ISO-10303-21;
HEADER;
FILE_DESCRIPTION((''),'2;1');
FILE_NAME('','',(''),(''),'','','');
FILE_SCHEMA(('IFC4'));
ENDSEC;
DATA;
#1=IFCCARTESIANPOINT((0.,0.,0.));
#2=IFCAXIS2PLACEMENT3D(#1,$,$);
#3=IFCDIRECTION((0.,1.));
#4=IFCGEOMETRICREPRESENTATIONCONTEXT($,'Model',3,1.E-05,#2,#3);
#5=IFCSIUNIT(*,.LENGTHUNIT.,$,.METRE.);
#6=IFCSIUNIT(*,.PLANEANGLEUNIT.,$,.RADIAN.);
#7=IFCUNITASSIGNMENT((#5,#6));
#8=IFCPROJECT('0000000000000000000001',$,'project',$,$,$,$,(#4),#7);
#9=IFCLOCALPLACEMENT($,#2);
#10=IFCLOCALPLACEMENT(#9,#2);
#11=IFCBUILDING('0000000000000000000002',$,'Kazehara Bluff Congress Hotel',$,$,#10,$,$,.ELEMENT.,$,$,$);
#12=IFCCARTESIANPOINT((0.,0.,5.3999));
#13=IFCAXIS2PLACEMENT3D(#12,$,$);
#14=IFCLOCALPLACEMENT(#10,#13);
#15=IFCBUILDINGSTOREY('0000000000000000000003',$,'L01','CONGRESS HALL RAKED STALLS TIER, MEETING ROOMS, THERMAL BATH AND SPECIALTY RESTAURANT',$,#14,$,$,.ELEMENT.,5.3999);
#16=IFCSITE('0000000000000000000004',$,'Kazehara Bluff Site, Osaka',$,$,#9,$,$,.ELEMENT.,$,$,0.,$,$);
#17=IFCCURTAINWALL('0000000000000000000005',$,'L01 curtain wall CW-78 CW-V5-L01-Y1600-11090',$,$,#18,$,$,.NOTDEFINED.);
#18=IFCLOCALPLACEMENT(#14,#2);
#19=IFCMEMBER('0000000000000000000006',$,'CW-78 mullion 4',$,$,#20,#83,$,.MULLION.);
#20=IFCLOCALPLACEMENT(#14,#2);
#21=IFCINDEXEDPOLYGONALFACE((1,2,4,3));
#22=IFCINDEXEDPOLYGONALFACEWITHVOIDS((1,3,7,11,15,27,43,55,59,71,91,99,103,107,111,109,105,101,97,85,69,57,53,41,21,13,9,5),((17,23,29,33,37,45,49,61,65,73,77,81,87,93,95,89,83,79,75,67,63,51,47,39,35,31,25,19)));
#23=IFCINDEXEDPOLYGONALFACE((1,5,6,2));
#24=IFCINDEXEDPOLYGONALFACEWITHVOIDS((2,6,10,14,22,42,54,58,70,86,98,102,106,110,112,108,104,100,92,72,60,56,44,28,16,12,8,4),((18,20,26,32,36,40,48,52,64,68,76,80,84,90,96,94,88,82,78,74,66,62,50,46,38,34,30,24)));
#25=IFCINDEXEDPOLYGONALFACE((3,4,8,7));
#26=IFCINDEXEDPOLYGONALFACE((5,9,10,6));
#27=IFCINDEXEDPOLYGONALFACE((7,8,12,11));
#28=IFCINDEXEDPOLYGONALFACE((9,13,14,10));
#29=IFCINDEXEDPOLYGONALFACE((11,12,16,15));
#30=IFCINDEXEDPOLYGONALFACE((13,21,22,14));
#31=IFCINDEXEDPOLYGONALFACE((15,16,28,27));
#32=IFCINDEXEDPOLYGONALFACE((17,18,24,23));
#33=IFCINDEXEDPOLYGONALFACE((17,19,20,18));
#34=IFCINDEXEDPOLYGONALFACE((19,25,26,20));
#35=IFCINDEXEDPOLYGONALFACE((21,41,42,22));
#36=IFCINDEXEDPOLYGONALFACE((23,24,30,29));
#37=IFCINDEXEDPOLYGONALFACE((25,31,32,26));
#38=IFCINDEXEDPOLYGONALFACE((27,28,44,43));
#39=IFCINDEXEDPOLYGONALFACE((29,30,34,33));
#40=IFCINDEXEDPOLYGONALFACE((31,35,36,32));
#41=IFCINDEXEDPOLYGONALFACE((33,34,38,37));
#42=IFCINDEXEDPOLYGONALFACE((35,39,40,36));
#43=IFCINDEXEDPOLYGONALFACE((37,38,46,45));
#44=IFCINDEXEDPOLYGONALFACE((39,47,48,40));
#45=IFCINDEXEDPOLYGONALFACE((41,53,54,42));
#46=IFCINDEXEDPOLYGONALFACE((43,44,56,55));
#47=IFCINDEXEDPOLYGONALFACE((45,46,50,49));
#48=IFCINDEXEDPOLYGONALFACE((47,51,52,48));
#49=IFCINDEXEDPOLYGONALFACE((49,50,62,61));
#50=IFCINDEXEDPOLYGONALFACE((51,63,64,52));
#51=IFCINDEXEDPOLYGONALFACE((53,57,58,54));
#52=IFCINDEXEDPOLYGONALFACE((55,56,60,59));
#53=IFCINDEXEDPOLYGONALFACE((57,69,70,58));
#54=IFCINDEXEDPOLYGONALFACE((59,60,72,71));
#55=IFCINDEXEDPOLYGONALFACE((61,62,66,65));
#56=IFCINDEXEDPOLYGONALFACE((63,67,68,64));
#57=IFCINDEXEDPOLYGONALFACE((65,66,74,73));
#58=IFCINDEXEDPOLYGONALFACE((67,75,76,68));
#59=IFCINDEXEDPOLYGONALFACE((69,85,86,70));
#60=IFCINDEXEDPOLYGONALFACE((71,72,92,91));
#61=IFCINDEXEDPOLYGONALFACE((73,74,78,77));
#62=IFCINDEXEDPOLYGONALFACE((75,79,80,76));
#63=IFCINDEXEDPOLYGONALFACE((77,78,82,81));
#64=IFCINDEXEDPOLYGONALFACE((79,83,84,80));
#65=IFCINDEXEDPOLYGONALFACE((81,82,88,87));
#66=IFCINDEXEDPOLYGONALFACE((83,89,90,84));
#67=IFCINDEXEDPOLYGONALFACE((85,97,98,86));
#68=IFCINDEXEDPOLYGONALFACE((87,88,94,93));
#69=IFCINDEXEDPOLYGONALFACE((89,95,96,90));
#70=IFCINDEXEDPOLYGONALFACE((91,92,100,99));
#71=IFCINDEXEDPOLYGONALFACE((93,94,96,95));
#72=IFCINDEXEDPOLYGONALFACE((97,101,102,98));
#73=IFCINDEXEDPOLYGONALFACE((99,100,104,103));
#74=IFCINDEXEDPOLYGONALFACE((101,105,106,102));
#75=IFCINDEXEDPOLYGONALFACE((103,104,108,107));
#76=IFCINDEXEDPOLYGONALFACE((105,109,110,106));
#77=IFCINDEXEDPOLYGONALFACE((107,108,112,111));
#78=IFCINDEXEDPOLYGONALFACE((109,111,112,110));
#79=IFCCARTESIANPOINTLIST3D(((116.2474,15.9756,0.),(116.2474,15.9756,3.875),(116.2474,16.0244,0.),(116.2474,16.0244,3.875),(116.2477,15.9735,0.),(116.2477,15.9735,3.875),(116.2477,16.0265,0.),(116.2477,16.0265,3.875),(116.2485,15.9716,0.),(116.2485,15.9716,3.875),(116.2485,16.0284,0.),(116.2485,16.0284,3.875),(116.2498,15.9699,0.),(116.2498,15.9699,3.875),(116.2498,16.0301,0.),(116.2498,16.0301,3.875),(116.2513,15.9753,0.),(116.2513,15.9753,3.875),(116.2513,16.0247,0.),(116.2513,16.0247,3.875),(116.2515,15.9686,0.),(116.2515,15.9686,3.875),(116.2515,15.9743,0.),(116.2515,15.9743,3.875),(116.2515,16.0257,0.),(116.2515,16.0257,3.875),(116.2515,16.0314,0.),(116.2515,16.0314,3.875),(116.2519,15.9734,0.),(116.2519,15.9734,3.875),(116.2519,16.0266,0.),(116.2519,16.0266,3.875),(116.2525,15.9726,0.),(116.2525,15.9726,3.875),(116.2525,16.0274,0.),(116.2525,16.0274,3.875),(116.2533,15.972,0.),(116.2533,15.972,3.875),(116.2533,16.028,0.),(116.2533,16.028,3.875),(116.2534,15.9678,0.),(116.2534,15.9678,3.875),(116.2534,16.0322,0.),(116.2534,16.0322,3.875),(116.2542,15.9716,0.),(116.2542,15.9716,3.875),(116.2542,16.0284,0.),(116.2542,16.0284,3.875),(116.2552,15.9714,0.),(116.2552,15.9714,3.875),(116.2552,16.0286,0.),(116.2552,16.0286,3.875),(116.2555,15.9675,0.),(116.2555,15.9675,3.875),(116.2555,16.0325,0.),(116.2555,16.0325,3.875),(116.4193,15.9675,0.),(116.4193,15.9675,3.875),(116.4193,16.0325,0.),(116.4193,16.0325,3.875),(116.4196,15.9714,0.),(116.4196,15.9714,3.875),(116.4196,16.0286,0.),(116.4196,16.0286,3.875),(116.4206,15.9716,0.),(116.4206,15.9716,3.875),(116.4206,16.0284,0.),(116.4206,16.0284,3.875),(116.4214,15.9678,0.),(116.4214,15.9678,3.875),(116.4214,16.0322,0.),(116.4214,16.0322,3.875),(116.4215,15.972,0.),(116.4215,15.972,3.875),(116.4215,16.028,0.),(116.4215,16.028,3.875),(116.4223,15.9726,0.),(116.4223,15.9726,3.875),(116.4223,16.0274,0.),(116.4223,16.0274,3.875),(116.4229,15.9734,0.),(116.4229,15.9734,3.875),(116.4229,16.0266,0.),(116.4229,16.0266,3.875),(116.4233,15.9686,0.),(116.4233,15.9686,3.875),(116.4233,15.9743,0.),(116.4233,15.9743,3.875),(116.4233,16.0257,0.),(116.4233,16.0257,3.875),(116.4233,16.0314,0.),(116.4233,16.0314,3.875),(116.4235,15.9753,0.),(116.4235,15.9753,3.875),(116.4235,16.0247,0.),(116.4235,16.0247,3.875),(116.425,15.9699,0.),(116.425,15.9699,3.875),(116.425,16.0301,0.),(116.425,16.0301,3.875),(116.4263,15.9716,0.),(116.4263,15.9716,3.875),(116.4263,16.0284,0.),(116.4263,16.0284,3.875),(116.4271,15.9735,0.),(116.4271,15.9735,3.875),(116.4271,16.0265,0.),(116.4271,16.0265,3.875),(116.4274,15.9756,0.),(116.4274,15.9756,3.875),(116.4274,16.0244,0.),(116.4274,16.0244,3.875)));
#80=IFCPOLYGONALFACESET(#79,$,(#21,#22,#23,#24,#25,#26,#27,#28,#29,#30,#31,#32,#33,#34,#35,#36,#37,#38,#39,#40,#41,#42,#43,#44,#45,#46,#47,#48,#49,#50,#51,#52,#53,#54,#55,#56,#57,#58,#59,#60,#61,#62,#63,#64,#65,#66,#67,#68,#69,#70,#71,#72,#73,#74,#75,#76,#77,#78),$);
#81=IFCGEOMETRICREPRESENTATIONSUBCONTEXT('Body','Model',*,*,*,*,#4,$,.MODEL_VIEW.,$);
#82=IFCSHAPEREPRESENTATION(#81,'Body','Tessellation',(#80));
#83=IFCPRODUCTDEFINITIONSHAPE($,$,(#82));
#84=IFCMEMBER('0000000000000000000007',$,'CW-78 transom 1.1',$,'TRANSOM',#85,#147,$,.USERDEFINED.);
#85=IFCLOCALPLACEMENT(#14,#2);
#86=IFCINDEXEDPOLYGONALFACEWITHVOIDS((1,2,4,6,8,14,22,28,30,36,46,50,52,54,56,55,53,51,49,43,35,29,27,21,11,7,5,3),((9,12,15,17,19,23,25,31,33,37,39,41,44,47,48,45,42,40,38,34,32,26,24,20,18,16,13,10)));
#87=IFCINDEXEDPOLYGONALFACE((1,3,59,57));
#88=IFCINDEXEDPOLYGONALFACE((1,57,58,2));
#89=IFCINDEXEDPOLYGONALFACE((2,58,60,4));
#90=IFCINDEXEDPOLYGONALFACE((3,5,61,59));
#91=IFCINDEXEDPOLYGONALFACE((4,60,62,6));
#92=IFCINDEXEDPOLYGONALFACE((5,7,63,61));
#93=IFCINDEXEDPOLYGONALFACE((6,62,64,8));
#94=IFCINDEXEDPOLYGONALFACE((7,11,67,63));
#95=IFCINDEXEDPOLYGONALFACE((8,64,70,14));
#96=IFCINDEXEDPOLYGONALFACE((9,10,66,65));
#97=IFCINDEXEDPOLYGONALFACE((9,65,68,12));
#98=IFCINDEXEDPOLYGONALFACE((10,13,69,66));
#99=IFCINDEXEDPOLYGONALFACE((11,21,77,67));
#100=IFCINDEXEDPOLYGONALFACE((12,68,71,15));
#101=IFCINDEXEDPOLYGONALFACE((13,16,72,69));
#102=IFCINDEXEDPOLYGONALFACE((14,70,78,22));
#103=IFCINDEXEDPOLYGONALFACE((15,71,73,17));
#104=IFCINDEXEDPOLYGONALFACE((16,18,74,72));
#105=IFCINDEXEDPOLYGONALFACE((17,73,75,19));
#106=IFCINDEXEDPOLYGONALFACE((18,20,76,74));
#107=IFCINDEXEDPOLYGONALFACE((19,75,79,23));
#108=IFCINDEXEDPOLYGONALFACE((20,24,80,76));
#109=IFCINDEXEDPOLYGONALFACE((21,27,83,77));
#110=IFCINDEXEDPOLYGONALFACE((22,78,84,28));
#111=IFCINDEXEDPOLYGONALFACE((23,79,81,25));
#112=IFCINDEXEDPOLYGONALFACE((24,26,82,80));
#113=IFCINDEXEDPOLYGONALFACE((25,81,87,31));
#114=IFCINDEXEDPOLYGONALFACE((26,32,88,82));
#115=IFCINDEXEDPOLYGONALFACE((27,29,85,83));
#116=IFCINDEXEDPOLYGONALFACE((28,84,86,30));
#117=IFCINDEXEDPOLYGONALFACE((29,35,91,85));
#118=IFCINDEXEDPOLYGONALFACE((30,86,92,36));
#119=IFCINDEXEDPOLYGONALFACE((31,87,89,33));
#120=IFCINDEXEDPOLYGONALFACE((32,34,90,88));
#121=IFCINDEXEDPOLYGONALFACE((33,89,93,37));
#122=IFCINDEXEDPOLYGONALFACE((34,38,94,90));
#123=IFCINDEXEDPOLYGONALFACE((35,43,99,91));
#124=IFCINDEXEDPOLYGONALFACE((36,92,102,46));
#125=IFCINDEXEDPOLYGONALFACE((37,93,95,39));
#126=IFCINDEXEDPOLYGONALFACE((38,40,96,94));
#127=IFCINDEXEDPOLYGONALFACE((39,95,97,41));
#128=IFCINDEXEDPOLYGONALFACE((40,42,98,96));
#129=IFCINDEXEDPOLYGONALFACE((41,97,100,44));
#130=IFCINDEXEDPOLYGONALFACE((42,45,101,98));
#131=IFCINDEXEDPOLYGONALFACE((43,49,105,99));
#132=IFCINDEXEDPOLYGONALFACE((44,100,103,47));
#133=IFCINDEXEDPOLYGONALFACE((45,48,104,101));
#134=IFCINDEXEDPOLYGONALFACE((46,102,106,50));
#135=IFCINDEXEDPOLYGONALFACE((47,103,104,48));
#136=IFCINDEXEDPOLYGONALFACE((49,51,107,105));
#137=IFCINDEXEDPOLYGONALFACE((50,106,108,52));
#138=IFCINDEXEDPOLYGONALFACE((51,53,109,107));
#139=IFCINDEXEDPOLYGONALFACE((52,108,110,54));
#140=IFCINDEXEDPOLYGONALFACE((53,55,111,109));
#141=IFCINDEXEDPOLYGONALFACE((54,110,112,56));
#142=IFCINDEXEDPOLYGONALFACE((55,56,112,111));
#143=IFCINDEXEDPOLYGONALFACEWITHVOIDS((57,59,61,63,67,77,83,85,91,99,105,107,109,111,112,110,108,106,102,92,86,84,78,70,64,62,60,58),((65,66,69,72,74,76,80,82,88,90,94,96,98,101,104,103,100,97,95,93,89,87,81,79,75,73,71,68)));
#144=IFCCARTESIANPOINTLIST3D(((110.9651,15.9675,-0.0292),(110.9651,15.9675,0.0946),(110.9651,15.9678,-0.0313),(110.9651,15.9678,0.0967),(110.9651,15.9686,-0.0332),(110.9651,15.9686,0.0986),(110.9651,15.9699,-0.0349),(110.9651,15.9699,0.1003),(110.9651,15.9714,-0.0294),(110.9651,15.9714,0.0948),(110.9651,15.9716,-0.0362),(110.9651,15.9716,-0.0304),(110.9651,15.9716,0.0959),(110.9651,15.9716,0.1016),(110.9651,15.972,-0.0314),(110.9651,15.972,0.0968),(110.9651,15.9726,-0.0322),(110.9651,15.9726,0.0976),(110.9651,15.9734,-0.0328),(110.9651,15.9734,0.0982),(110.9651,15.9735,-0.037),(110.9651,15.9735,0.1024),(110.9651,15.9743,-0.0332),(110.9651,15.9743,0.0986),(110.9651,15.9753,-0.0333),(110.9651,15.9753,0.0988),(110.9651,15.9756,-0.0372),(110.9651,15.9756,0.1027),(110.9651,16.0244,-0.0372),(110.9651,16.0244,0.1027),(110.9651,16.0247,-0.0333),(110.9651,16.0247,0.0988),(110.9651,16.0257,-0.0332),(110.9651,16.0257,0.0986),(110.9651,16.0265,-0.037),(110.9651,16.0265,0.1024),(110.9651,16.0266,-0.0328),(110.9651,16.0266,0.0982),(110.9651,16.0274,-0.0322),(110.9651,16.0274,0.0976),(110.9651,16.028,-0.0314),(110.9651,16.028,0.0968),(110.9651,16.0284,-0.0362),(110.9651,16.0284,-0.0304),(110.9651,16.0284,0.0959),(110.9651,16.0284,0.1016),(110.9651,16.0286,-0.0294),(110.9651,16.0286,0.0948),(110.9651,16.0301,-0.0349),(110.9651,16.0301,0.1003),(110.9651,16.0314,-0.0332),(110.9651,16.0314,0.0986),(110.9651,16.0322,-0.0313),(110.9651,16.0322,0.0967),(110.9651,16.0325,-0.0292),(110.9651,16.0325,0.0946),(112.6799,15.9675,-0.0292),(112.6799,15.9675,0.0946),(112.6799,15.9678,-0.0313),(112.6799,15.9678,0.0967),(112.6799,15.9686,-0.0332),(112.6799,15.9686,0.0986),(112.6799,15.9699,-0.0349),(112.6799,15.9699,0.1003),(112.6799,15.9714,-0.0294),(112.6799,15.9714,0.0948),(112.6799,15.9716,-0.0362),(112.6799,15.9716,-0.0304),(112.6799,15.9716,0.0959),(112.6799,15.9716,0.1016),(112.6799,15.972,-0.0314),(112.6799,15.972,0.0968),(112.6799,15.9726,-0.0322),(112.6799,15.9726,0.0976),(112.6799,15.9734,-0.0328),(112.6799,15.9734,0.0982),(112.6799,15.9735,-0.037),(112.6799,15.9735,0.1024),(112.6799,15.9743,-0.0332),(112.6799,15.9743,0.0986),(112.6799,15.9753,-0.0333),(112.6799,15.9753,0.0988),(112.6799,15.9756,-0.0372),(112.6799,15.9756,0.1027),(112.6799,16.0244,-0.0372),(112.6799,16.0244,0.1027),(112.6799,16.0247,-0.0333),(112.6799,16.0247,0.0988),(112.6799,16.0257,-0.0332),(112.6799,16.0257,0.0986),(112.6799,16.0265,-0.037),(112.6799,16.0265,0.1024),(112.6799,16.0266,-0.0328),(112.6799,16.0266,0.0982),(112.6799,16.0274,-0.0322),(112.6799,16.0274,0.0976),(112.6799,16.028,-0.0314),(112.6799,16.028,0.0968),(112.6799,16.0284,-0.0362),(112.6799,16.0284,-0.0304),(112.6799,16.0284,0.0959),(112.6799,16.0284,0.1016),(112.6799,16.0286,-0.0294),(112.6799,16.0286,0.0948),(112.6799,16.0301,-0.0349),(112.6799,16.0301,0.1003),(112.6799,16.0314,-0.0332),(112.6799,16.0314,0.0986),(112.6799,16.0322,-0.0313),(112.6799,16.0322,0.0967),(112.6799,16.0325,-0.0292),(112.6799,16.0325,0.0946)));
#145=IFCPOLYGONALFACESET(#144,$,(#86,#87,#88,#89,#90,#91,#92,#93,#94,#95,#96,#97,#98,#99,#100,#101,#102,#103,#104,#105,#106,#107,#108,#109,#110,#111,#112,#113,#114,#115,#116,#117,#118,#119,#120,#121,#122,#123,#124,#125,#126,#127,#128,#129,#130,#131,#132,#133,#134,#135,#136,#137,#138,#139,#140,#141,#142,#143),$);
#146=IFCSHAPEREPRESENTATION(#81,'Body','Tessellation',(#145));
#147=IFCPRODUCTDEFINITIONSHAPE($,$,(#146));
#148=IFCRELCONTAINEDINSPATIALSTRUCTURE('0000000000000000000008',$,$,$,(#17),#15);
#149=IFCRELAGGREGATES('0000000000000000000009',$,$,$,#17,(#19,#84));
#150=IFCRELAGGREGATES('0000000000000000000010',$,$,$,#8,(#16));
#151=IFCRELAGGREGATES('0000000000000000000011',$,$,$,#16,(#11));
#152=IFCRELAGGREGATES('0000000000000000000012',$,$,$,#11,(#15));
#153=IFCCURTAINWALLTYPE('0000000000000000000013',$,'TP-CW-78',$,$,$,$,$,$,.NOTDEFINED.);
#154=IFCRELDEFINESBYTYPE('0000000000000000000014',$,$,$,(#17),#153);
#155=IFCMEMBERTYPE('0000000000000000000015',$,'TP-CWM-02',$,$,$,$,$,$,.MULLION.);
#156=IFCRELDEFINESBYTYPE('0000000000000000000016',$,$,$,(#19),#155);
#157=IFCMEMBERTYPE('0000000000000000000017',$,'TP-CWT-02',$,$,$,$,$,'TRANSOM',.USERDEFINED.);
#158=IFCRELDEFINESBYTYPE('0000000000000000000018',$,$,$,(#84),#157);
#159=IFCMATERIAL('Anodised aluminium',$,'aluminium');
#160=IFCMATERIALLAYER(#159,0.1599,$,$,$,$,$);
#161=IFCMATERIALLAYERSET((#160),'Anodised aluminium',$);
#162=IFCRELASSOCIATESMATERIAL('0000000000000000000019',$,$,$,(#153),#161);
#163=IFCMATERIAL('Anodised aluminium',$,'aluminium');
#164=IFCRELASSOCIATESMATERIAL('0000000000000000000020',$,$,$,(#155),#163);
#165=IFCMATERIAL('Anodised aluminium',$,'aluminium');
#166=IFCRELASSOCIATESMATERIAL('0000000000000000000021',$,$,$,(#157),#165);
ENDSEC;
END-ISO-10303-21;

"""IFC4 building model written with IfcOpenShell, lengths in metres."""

from ifc_helpers import new_model, si_unit, direction, frame, origin, origin_2d, place, context, subcontext, project, spatial, hollow_rectangle, extrude, material, layer, layer_set, material_profile, profile_set, type_object, element, aggregate, save


model = new_model("IFC4")

# Units and contexts
model_context = context("Model", 3, precision=1e-05, world=origin(), true_north=direction((0.0, 1.0)))
body_context = subcontext(model_context, "Body", "Model", "MODEL_VIEW")
ifc_project = project(units=[si_unit("LENGTHUNIT", "METRE"), si_unit("PLANEANGLEUNIT", "RADIAN")], contexts=[model_context])

# Site, building, storey
site_placement = place(None, origin())
site = spatial("IfcSite", under=ifc_project, at=site_placement, Name="Kazehara Bluff Site, Osaka", CompositionType="ELEMENT", RefElevation=0.0)
building_placement = place(site_placement, origin())
building = spatial("IfcBuilding", under=site, at=building_placement, Name="Kazehara Bluff Congress Hotel", CompositionType="ELEMENT")
storey_placement = place(building_placement, frame((0.0, 0.0, 5.3999)))
storey = spatial("IfcBuildingStorey", under=building, at=storey_placement, Name="L01", Description="CONGRESS HALL RAKED STALLS TIER, MEETING ROOMS, THERMAL BATH AND SPECIALTY RESTAURANT", CompositionType="ELEMENT", Elevation=5.3999)

# Curtain wall, members
ifc_material_1 = material(Name="Anodised aluminium", Category="aluminium")
ifc_layer_1 = layer(ifc_material_1, 0.1599)
ifc_layer_set_1 = layer_set([ifc_layer_1], Name="Anodised aluminium")
curtain_wall_type = type_object("IfcCurtainWallType", Name="TP-CW-78", PredefinedType="NOTDEFINED", material=ifc_layer_set_1)
curtain_wall_placement = place(storey_placement, origin())
curtain_wall = element("IfcCurtainWall", 1, at=curtain_wall_placement, inside=storey, type_object=curtain_wall_type, Name="L01 curtain wall CW-78 CW-V5-L01-Y1600-11090", PredefinedType="NOTDEFINED")
ifc_material_2 = material(Name="Anodised aluminium", Category="aluminium")
ifc_material_profile_1 = material_profile(ifc_material_2, hollow_rectangle(XDim=0.0649, YDim=0.1799, WallThickness=0.0039, InnerFilletRadius=0.0039, OuterFilletRadius=0.0081, at=origin_2d()))
ifc_profile_set_1 = profile_set([ifc_material_profile_1], Name="Anodised aluminium")
member_type_1 = type_object("IfcMemberType", Name="TP-CWM-02", PredefinedType="MULLION", material=ifc_profile_set_1)
member_1_placement = place(storey_placement, frame((116.3374, 16.0, 0.0), z_axis=(0.0, 0.0, 1.0), x_axis=(0.0, 1.0, 0.0)))
member_1 = element("IfcMember", 2, at=member_1_placement, type_object=member_type_1, Name="CW-78 mullion 4", PredefinedType="MULLION", context=body_context, shape_type="SweptSolid", body=[
    extrude(hollow_rectangle(XDim=0.0649, YDim=0.1799, WallThickness=0.0039, InnerFilletRadius=0.0039, OuterFilletRadius=0.0081, at=origin_2d()), origin(), (0.0, 0.0, 1.0), 3.875),
])
ifc_material_3 = material(Name="Anodised aluminium", Category="aluminium")
ifc_material_profile_2 = material_profile(ifc_material_3, hollow_rectangle(XDim=0.0649, YDim=0.1399, WallThickness=0.0039, InnerFilletRadius=0.0039, OuterFilletRadius=0.0081, at=origin_2d()))
ifc_profile_set_2 = profile_set([ifc_material_profile_2], Name="Anodised aluminium")
member_type_2 = type_object("IfcMemberType", Name="TP-CWT-02", ElementType="TRANSOM", PredefinedType="USERDEFINED", material=ifc_profile_set_2)
member_2_placement = place(storey_placement, frame((110.9651, 16.0, 0.0327), z_axis=(1.0, 0.0, 0.0), x_axis=(0.0, 1.0, 0.0)))
member_2 = element("IfcMember", 3, at=member_2_placement, type_object=member_type_2, Name="CW-78 transom 1.1", ObjectType="TRANSOM", PredefinedType="USERDEFINED", context=body_context, shape_type="SweptSolid", body=[
    extrude(hollow_rectangle(XDim=0.0649, YDim=0.1399, WallThickness=0.0039, InnerFilletRadius=0.0039, OuterFilletRadius=0.0081, at=origin_2d()), origin(), (0.0, 0.0, 1.0), 1.7148),
])

aggregate(curtain_wall, [member_1, member_2])

save(model, "model.ifc")
